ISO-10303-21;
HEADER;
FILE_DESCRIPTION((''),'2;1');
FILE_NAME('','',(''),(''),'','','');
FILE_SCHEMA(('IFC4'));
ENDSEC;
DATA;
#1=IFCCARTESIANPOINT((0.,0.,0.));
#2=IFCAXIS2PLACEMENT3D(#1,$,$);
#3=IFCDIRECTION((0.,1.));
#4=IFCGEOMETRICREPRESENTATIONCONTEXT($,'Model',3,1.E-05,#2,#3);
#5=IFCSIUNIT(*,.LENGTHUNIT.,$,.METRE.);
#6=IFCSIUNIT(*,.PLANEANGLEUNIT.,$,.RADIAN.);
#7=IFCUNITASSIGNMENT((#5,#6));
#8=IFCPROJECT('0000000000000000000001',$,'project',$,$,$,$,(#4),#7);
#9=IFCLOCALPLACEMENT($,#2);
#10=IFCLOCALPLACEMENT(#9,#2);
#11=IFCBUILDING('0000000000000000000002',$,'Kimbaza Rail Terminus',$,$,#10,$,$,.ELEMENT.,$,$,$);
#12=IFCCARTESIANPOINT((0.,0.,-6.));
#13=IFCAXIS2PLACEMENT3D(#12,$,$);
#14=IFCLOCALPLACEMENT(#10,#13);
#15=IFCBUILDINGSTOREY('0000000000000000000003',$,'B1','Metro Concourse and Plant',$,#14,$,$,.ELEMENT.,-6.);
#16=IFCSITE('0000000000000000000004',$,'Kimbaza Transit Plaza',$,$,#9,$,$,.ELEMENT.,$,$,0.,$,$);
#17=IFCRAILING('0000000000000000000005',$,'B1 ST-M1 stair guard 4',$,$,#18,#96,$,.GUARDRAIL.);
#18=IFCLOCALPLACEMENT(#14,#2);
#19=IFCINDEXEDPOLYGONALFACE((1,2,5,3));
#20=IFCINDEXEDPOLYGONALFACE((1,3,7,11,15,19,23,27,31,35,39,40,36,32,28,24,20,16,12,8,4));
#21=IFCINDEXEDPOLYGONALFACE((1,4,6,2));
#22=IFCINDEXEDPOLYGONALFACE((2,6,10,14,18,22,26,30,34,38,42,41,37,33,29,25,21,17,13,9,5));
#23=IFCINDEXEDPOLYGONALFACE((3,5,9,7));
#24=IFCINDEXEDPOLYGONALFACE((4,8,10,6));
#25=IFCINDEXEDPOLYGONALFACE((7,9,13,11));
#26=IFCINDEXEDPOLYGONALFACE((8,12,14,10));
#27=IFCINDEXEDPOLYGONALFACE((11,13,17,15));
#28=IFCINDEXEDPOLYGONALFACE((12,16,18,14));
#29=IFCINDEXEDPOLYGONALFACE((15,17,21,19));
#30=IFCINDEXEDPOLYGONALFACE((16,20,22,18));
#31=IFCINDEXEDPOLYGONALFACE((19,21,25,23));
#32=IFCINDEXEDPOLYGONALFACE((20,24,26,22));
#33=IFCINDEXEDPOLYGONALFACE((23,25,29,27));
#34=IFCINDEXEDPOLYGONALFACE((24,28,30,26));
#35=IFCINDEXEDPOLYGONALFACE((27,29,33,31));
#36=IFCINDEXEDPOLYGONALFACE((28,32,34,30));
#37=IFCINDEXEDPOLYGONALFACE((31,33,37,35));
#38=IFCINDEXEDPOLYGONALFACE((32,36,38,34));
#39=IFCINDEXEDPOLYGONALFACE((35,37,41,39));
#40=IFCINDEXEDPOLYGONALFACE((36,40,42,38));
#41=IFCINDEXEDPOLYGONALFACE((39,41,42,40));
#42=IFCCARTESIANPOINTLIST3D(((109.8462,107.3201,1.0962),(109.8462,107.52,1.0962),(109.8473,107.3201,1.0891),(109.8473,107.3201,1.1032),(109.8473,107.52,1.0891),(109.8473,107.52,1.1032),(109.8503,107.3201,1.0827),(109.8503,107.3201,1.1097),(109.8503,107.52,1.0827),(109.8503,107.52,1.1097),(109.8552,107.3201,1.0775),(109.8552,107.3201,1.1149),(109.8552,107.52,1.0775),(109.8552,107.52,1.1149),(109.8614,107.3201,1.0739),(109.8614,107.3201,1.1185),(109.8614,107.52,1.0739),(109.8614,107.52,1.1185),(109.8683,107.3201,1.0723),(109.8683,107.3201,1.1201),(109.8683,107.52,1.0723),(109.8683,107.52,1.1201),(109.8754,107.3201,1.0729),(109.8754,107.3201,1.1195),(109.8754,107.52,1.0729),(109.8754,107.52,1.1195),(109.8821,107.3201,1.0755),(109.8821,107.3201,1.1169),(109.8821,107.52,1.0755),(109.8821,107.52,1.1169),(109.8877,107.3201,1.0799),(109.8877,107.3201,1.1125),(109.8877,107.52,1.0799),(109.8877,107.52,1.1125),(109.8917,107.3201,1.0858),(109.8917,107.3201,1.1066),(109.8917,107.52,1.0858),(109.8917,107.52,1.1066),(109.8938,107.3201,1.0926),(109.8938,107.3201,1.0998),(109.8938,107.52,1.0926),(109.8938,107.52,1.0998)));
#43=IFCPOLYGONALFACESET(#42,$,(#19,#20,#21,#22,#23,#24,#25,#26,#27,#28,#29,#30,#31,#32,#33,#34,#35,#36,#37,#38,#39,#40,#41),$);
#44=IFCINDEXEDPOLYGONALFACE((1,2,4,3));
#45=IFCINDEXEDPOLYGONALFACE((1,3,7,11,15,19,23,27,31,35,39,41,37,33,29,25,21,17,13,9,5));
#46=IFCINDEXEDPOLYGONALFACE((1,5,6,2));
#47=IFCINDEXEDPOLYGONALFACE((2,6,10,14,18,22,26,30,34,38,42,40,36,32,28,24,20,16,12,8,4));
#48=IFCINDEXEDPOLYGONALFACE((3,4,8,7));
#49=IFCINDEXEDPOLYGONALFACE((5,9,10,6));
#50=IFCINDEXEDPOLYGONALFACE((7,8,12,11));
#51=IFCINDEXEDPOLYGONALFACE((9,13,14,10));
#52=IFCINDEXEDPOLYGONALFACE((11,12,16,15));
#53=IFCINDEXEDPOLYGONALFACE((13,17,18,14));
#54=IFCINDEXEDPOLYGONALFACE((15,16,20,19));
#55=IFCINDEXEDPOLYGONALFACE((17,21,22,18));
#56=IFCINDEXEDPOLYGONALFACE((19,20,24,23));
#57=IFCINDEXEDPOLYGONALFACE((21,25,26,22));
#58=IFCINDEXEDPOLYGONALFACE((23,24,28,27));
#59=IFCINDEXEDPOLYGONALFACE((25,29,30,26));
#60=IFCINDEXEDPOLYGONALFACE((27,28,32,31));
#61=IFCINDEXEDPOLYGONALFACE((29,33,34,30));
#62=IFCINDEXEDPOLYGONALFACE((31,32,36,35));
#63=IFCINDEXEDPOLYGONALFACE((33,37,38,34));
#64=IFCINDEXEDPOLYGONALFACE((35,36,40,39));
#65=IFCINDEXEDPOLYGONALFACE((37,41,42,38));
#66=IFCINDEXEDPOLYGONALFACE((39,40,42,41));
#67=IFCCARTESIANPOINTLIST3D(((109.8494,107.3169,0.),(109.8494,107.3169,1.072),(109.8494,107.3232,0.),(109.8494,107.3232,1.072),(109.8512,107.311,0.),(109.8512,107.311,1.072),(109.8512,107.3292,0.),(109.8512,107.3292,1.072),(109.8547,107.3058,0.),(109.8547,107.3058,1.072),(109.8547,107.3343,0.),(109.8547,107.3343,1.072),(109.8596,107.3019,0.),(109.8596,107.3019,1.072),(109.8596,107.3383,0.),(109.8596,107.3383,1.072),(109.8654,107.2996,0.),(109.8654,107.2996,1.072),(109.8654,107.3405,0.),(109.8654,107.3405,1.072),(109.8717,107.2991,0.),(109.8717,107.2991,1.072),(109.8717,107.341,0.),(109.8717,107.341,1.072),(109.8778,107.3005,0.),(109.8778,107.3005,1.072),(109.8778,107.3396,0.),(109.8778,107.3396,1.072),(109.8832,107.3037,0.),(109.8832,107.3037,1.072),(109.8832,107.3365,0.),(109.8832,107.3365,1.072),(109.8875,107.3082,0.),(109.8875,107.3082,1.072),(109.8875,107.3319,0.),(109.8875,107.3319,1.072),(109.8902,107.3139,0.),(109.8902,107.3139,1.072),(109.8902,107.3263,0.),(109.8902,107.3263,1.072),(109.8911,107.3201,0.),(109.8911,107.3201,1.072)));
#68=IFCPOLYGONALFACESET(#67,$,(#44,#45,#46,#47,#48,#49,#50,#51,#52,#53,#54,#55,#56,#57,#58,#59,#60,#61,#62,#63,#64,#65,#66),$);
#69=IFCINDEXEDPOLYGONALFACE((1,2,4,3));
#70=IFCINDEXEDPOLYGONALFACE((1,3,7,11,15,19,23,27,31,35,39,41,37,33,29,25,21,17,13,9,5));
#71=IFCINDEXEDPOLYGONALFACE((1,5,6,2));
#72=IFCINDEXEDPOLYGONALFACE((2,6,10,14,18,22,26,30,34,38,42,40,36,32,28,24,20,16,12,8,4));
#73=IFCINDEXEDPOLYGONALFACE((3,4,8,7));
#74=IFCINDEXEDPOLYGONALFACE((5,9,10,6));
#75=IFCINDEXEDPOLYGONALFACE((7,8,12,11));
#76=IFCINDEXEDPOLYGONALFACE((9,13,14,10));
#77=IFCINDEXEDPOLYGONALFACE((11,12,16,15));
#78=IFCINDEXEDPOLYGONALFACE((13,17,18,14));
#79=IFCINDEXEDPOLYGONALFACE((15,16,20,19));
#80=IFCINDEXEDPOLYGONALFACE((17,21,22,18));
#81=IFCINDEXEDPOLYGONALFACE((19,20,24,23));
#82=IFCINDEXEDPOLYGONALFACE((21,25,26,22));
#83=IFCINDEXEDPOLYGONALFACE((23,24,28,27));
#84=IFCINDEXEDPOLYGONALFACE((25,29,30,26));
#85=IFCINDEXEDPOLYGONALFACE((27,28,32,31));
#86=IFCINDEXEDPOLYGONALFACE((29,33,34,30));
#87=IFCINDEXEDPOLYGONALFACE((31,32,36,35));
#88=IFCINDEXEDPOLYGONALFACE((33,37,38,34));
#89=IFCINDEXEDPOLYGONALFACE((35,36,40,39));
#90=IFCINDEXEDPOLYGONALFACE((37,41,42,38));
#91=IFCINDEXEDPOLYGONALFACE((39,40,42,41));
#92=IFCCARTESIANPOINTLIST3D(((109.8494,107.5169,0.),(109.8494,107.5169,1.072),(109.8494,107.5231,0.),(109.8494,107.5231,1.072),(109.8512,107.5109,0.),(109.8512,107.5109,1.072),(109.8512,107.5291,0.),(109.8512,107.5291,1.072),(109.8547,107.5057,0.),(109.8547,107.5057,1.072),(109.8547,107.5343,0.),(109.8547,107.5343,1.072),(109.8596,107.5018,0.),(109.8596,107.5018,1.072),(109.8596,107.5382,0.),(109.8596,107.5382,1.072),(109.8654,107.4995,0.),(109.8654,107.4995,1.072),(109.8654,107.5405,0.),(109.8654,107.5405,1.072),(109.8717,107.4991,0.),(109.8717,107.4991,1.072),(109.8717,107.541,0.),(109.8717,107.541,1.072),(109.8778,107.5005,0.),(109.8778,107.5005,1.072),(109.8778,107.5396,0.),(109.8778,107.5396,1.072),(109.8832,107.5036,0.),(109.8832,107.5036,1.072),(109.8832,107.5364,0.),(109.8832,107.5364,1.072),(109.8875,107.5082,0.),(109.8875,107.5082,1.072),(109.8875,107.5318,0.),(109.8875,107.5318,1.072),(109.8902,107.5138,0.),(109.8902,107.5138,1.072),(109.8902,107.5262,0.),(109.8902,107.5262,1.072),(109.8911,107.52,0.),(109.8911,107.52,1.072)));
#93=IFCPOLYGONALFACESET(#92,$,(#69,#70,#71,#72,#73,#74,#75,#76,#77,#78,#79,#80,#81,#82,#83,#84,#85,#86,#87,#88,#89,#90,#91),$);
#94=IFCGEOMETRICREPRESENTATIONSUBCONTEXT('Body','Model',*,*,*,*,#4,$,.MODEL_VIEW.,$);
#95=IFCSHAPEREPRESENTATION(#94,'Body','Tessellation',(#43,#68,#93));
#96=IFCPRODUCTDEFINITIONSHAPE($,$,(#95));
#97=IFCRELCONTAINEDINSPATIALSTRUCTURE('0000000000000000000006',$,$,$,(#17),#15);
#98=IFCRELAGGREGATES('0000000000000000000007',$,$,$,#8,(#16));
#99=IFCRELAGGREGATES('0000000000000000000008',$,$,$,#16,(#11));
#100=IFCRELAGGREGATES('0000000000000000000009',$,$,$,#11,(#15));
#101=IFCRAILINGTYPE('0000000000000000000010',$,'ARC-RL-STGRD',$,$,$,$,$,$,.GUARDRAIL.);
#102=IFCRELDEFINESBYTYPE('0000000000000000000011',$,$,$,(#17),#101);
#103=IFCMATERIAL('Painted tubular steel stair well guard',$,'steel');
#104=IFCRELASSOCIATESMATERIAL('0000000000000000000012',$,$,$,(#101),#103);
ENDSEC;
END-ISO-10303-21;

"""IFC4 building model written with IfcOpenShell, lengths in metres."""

from ifc_helpers import new_model, si_unit, direction, frame, origin, origin_2d, place, context, subcontext, project, spatial, circle, extrude, material, type_object, element, save


model = new_model("IFC4")

# Units and contexts
model_context = context("Model", 3, precision=1e-05, world=origin(), true_north=direction((0.0, 1.0)))
body_context = subcontext(model_context, "Body", "Model", "MODEL_VIEW")
ifc_project = project(units=[si_unit("LENGTHUNIT", "METRE"), si_unit("PLANEANGLEUNIT", "RADIAN")], contexts=[model_context])

# Site, building, storey
site_placement = place(None, origin())
site = spatial("IfcSite", under=ifc_project, at=site_placement, Name="Kimbaza Transit Plaza", CompositionType="ELEMENT", RefElevation=0.0)
building_placement = place(site_placement, origin())
building = spatial("IfcBuilding", under=site, at=building_placement, Name="Kimbaza Rail Terminus", CompositionType="ELEMENT")
storey_placement = place(building_placement, frame((0.0, 0.0, -6.0)))
storey = spatial("IfcBuildingStorey", under=building, at=storey_placement, Name="B1", Description="Metro Concourse and Plant", CompositionType="ELEMENT", Elevation=-6.0)

# Railing
ifc_material_1 = material(Name="Painted tubular steel stair well guard", Category="steel")
railing_type_1 = type_object("IfcRailingType", Name="ARC-RL-STGRD", PredefinedType="GUARDRAIL", material=ifc_material_1)
railing_1_placement = place(storey_placement, frame((109.8701, 107.3201, 0.0)))
element("IfcRailing", 1, at=railing_1_placement, inside=storey, type_object=railing_type_1, Name="B1 ST-M1 stair guard 4", PredefinedType="GUARDRAIL", context=body_context, shape_type="SweptSolid", body=[
    extrude(circle(Radius=0.0239, at=origin_2d()), frame((0.0, 0.0, 1.0962), z_axis=(0.0, 1.0, 0.0), x_axis=(-1.0, 0.0, 0.0)), (0.0, 0.0, 1.0), 0.2),
    extrude(circle(Radius=0.021, at=origin_2d()), origin(), (0.0, 0.0, 1.0), 1.072),
    extrude(circle(Radius=0.021, at=origin_2d()), frame((0.0, 0.2, 0.0)), (0.0, 0.0, 1.0), 1.072),
])

save(model, "model.ifc")
